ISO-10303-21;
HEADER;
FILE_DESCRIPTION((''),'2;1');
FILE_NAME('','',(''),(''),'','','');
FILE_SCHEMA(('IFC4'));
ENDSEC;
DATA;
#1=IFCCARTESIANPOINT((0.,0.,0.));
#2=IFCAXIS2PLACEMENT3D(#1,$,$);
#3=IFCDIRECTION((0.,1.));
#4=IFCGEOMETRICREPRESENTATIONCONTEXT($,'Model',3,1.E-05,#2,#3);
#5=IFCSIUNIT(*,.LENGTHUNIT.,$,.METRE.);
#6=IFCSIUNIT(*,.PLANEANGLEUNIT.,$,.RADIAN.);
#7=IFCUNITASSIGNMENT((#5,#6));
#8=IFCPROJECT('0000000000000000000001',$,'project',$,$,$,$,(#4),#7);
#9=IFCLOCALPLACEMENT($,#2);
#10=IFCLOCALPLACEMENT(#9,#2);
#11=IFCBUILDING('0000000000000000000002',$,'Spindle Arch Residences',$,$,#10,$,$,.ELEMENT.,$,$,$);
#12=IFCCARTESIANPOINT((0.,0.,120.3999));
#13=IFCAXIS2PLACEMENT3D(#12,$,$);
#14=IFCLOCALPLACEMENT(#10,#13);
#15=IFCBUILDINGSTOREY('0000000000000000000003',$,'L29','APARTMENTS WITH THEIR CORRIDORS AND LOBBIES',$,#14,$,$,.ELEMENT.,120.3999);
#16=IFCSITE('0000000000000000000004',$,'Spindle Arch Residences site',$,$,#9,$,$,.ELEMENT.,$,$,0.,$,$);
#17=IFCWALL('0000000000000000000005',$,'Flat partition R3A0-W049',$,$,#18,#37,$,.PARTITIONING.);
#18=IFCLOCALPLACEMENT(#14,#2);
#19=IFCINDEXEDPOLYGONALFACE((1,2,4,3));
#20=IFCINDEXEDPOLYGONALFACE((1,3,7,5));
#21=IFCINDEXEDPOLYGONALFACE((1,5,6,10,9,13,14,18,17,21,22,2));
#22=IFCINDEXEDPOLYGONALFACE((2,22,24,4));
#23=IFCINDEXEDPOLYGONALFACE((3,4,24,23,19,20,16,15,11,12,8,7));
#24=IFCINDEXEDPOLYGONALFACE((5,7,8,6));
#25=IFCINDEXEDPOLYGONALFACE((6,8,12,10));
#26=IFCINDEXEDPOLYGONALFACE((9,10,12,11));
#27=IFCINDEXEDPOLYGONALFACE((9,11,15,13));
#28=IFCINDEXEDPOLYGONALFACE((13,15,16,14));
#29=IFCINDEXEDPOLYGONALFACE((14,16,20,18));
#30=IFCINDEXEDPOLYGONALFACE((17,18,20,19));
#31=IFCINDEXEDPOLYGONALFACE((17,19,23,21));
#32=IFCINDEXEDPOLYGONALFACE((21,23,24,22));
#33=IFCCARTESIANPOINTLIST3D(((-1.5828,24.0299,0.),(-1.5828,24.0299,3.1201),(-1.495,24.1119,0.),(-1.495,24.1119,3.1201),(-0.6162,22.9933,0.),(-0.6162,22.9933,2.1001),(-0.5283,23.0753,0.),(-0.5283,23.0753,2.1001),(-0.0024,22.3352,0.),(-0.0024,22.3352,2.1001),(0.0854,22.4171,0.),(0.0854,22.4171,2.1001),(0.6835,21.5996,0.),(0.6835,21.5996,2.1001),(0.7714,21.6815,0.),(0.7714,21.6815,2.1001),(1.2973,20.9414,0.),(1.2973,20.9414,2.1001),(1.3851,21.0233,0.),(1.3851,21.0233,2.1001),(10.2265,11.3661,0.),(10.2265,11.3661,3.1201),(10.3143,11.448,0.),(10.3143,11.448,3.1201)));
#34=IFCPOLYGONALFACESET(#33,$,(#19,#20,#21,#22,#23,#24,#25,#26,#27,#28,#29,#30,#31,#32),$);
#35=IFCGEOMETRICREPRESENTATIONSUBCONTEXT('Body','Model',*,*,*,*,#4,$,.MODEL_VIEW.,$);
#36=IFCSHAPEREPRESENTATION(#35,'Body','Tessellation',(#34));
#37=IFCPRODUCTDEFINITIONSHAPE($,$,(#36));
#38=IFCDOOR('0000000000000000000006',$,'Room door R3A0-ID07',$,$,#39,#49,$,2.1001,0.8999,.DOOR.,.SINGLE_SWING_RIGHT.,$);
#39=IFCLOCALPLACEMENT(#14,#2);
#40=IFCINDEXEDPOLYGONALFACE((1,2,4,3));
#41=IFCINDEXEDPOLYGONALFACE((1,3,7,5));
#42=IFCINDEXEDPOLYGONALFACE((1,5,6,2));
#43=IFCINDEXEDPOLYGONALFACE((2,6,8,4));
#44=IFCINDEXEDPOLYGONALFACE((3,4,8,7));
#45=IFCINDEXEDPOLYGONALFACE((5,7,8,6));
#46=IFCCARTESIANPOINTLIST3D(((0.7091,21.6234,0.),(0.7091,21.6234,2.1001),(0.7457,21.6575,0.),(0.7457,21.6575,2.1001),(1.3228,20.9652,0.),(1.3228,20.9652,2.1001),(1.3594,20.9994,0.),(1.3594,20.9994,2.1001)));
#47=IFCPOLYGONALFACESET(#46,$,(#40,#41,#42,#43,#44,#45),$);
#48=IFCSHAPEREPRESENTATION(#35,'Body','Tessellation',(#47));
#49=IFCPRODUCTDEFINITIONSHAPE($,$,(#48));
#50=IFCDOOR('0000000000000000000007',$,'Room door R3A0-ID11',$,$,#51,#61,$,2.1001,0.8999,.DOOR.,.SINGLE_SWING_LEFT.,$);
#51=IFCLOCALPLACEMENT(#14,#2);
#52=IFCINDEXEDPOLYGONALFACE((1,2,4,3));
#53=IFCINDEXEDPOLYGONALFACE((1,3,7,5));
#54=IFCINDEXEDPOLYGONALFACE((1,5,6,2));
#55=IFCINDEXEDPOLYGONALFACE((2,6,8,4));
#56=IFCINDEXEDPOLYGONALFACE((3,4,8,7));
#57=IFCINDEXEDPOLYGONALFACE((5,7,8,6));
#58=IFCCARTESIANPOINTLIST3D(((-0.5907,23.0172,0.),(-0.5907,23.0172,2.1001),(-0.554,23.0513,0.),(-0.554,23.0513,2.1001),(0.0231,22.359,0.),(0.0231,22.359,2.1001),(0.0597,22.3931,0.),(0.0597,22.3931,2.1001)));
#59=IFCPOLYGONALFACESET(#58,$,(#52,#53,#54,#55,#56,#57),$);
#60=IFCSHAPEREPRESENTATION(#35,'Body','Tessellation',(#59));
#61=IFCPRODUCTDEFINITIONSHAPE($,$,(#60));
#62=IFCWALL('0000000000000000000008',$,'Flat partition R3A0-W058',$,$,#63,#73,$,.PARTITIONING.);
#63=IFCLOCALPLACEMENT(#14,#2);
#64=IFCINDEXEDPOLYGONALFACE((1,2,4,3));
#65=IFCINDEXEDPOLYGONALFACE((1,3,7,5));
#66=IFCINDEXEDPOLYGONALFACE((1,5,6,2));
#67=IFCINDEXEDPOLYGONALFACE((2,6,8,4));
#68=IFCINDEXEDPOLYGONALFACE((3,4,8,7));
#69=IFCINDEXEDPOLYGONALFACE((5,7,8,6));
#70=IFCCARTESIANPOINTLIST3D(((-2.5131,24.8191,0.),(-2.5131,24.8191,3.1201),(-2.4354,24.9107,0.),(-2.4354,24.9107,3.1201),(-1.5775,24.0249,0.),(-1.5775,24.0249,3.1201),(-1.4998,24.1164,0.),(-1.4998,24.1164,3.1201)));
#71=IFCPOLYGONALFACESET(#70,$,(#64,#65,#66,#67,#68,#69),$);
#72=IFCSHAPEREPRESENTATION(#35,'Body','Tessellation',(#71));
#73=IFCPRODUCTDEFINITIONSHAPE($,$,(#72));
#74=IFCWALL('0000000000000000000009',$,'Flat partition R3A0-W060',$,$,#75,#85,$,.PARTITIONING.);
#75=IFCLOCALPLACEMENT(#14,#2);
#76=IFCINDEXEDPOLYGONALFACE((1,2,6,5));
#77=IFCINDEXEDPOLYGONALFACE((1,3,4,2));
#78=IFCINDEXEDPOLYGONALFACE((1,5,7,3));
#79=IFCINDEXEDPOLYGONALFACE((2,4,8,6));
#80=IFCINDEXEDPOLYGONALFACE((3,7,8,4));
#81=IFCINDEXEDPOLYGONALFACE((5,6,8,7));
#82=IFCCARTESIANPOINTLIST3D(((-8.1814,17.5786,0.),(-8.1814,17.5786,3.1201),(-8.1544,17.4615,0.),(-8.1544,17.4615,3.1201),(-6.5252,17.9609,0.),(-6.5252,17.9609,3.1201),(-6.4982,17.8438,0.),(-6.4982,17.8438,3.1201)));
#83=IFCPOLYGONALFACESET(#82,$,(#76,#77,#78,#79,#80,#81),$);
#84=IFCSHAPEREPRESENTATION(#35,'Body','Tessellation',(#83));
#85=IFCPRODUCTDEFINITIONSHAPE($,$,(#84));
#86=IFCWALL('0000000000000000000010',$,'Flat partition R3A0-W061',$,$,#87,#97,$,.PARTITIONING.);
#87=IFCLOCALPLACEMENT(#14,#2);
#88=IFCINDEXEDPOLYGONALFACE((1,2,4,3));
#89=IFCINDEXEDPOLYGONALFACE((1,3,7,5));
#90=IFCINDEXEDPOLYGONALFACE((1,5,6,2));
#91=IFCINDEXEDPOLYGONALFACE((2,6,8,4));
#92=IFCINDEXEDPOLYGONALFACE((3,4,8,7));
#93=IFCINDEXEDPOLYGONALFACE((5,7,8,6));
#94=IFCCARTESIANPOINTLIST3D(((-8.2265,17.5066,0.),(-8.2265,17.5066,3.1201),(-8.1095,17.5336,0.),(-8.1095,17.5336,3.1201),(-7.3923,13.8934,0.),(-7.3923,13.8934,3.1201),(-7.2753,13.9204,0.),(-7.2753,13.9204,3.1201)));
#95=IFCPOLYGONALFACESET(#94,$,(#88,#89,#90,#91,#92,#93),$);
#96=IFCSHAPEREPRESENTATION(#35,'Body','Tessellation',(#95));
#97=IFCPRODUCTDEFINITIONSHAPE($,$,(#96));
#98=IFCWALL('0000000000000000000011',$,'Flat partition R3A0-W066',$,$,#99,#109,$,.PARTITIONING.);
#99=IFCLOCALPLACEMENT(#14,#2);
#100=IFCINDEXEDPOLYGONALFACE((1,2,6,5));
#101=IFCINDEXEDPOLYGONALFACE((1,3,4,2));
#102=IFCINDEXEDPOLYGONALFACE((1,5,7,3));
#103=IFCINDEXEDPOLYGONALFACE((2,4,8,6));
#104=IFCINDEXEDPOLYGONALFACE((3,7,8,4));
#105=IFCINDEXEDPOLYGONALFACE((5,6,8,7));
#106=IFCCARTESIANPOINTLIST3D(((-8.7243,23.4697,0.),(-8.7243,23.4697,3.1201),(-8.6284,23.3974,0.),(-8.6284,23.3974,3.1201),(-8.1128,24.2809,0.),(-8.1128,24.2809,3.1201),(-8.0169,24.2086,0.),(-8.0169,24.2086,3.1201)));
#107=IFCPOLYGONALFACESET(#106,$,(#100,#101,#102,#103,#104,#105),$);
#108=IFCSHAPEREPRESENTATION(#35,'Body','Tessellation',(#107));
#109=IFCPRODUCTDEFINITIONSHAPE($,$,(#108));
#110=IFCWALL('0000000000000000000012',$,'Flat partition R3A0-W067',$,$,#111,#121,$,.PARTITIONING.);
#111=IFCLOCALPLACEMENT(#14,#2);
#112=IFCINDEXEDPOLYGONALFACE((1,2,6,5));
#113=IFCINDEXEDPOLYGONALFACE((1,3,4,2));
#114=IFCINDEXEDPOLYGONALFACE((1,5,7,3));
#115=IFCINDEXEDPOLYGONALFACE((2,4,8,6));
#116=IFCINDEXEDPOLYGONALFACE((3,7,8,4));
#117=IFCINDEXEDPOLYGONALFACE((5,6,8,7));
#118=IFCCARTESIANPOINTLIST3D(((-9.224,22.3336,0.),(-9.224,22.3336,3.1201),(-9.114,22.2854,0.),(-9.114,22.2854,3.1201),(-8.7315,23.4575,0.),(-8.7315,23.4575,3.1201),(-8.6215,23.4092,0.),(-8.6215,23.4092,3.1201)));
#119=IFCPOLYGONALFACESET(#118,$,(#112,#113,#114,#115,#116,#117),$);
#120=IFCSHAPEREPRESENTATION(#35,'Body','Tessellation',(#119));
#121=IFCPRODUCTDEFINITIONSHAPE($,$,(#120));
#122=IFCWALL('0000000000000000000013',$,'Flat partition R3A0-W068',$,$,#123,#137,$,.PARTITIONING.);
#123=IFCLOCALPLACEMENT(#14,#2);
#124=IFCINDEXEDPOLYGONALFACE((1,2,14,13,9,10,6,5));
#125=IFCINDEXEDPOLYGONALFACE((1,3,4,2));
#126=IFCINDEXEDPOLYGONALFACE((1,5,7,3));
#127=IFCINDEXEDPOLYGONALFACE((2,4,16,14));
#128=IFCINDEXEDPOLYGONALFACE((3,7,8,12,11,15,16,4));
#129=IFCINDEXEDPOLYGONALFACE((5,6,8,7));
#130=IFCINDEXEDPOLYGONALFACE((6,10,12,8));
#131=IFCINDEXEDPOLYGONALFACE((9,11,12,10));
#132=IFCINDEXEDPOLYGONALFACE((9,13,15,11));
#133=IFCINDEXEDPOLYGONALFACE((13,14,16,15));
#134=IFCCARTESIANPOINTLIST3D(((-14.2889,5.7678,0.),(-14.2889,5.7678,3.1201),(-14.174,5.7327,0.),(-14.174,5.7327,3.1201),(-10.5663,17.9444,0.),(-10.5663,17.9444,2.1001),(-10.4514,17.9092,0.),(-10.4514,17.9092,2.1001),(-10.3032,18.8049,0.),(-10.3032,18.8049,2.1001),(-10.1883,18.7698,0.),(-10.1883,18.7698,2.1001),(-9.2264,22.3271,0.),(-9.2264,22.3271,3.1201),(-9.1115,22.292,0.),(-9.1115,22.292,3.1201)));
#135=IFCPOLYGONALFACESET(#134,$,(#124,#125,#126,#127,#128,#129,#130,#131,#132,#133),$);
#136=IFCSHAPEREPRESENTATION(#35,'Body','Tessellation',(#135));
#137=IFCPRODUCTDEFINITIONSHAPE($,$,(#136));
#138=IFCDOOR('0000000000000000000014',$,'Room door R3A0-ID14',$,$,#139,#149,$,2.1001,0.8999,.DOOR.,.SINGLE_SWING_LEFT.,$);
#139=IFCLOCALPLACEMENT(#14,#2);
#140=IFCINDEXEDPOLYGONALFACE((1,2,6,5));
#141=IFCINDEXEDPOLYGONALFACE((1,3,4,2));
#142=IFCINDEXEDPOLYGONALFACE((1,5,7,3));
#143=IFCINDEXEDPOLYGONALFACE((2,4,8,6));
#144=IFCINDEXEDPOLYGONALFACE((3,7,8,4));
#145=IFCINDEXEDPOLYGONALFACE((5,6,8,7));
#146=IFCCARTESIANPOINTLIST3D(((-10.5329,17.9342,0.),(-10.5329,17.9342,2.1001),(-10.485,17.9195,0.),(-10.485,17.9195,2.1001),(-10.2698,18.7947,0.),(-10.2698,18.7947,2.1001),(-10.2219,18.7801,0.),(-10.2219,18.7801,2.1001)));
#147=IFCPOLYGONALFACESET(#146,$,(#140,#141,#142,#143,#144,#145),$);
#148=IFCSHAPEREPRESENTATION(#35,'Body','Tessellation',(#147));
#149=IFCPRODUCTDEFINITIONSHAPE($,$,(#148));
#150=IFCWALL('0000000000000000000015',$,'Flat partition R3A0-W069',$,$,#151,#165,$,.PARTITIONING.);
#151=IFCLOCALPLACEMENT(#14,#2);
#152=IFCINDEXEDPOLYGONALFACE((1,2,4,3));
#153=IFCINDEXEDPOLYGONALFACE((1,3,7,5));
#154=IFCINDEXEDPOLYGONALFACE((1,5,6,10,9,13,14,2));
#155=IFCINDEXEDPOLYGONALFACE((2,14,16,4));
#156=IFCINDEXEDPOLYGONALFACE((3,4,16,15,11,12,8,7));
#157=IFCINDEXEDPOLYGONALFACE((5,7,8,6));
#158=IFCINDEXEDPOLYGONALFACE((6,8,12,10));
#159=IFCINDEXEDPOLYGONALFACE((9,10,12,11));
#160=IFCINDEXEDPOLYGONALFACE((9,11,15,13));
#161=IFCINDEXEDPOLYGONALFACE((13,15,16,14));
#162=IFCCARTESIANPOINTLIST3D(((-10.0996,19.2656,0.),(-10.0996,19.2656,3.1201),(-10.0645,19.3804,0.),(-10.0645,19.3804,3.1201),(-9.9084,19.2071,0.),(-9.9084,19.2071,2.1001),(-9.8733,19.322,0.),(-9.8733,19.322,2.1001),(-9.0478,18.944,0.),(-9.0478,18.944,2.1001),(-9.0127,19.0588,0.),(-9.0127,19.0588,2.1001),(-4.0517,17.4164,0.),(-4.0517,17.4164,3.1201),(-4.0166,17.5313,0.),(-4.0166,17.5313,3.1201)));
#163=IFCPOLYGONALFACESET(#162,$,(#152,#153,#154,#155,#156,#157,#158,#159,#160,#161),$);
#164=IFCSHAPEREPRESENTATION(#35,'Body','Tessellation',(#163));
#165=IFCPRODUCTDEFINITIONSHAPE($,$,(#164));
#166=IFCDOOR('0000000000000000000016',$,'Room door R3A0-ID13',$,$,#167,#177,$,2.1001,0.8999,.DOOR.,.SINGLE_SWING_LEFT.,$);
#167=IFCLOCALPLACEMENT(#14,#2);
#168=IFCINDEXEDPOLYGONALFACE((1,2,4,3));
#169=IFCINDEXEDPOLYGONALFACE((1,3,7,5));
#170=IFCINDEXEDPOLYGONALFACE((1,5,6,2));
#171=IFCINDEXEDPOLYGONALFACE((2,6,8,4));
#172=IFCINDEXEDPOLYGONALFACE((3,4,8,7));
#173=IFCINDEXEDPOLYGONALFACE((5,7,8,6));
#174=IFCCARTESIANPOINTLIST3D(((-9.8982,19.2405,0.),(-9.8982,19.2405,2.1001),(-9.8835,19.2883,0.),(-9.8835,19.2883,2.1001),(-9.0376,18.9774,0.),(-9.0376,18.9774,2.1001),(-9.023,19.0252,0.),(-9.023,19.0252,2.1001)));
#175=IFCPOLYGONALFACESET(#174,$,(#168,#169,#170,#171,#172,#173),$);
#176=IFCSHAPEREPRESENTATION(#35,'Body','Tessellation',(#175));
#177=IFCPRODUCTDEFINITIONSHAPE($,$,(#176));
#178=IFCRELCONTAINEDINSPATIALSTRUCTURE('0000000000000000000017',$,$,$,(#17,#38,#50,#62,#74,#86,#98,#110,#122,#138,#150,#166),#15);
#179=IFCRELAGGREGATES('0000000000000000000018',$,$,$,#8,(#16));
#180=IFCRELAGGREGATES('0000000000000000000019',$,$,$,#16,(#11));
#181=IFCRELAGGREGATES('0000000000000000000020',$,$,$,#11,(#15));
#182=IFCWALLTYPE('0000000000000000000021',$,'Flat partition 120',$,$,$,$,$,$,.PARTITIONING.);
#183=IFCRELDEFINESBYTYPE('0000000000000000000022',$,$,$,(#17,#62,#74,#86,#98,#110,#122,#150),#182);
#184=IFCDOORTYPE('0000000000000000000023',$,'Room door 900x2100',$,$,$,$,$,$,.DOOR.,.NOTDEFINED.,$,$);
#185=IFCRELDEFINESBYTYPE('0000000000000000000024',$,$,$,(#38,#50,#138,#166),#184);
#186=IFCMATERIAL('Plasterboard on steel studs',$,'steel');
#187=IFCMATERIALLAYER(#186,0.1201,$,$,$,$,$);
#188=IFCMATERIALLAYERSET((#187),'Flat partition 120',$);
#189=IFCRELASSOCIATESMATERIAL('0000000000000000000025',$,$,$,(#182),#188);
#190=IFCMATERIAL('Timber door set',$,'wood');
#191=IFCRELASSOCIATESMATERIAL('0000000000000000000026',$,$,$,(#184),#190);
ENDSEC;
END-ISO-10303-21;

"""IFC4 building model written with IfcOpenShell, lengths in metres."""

from ifc_helpers import new_model, si_unit, direction, frame, frame_2d, origin, place, context, subcontext, project, spatial, rectangle, extrude, material, layer, layer_set, type_object, element, fill, save


model = new_model("IFC4")

# Units and contexts
model_context = context("Model", 3, precision=1e-05, world=origin(), true_north=direction((0.0, 1.0)))
body_context = subcontext(model_context, "Body", "Model", "MODEL_VIEW")
ifc_project = project(units=[si_unit("LENGTHUNIT", "METRE"), si_unit("PLANEANGLEUNIT", "RADIAN")], contexts=[model_context])

# Site, building, storey
site_placement = place(None, origin())
site = spatial("IfcSite", under=ifc_project, at=site_placement, Name="Spindle Arch Residences site", CompositionType="ELEMENT", RefElevation=0.0)
building_placement = place(site_placement, origin())
building = spatial("IfcBuilding", under=site, at=building_placement, Name="Spindle Arch Residences", CompositionType="ELEMENT")
storey_placement = place(building_placement, frame((0.0, 0.0, 120.3999)))
storey = spatial("IfcBuildingStorey", under=building, at=storey_placement, Name="L29", Description="APARTMENTS WITH THEIR CORRIDORS AND LOBBIES", CompositionType="ELEMENT", Elevation=120.3999)

# Shared definitions
ifc_material_1 = material(Name="Plasterboard on steel studs", Category="steel")
ifc_layer_1 = layer(ifc_material_1, 0.1201)
ifc_layer_set_1 = layer_set([ifc_layer_1], Name="Flat partition 120")
wall_type_1 = type_object("IfcWallType", Name="Flat partition 120", PredefinedType="PARTITIONING", material=ifc_layer_set_1)

# Wall, openings, doors
wall_1_placement = place(storey_placement, frame((-1.5388, 24.0708, 0.0), z_axis=(0.0, 0.0, 1.0), x_axis=(0.682002, -0.73135, 0.0)))
wall_1 = element("IfcWall", 1, at=wall_1_placement, inside=storey, type_object=wall_type_1, Name="Flat partition R3A0-W049", PredefinedType="PARTITIONING", context=body_context, shape_type="SweptSolid", body=[
    extrude(rectangle(XDim=17.3157, YDim=0.1201, at=frame_2d((8.6577, 0.0))), origin(), (0.0, 0.0, 1.0), 3.1201),
])
opening_1_placement = place(wall_1_placement, frame((3.323, 0.0, 0.0)))
opening_1 = element("IfcOpeningElement", 2, at=opening_1_placement, cuts=wall_1, PredefinedType="OPENING", context=body_context, shape_type="SweptSolid", body=[
    extrude(rectangle(XDim=0.8999, YDim=2.1001, at=frame_2d((0.45, 1.05))), frame((0.0, 0.0701, 0.0), z_axis=(0.0, -1.0, 0.0), x_axis=(1.0, 0.0, 0.0)), (0.0, 0.0, 1.0), 0.1401),
])
opening_2_placement = place(wall_1_placement, frame((1.4172, 0.0, 0.0)))
opening_2 = element("IfcOpeningElement", 3, at=opening_2_placement, cuts=wall_1, PredefinedType="OPENING", context=body_context, shape_type="SweptSolid", body=[
    extrude(rectangle(XDim=0.8999, YDim=2.1001, at=frame_2d((0.45, 1.05))), frame((0.0, 0.0701, 0.0), z_axis=(0.0, -1.0, 0.0), x_axis=(1.0, 0.0, 0.0)), (0.0, 0.0, 1.0), 0.1401),
])
ifc_material_2 = material(Name="Timber door set", Category="wood")
door_type_1 = type_object("IfcDoorType", Name="Room door 900x2100", OperationType="NOTDEFINED", PredefinedType="DOOR", material=ifc_material_2)
door_1_placement = place(opening_1_placement, origin())
door_1 = element("IfcDoor", 4, at=door_1_placement, inside=storey, type_object=door_type_1, Name="Room door R3A0-ID07", OperationType="SINGLE_SWING_RIGHT", OverallHeight=2.1001, OverallWidth=0.8999, PredefinedType="DOOR", context=body_context, shape_type="SweptSolid", body=[
    extrude(rectangle(XDim=0.8999, YDim=2.1001, at=frame_2d((0.45, 1.05))), frame((0.0, 0.0249, 0.0), z_axis=(0.0, -1.0, 0.0), x_axis=(1.0, 0.0, 0.0)), (0.0, 0.0, 1.0), 0.05),
])
fill(opening_1, door_1)
door_2_placement = place(opening_2_placement, origin())
door_2 = element("IfcDoor", 5, at=door_2_placement, inside=storey, type_object=door_type_1, Name="Room door R3A0-ID11", OperationType="SINGLE_SWING_LEFT", OverallHeight=2.1001, OverallWidth=0.8999, PredefinedType="DOOR", context=body_context, shape_type="SweptSolid", body=[
    extrude(rectangle(XDim=0.8999, YDim=2.1001, at=frame_2d((0.45, 1.05))), frame((0.0, 0.0249, 0.0), z_axis=(0.0, -1.0, 0.0), x_axis=(1.0, 0.0, 0.0)), (0.0, 0.0, 1.0), 0.05),
])
fill(opening_2, door_2)

# Walls
wall_2_placement = place(storey_placement, frame((-2.4744, 24.865, 0.0), z_axis=(0.0, 0.0, 1.0), x_axis=(0.762351, -0.647163, 0.0)))
element("IfcWall", 6, at=wall_2_placement, inside=storey, type_object=wall_type_1, Name="Flat partition R3A0-W058", PredefinedType="PARTITIONING", context=body_context, shape_type="SweptSolid", body=[
    extrude(rectangle(XDim=1.2273, YDim=0.1201, at=frame_2d((0.6138, 0.0))), origin(), (0.0, 0.0, 1.0), 3.1201),
])
wall_3_placement = place(storey_placement, frame((-6.5117, 17.9023, 0.0), z_axis=(0.0, 0.0, 1.0), x_axis=(-0.974377, -0.224922, 0.0)))
element("IfcWall", 7, at=wall_3_placement, inside=storey, type_object=wall_type_1, Name="Flat partition R3A0-W060", PredefinedType="PARTITIONING", context=body_context, shape_type="SweptSolid", body=[
    extrude(rectangle(XDim=1.6997, YDim=0.1201, at=frame_2d((0.8499, 0.0))), origin(), (0.0, 0.0, 1.0), 3.1201),
])
wall_4_placement = place(storey_placement, frame((-8.168, 17.52, 0.0), z_axis=(0.0, 0.0, 1.0), x_axis=(0.22496, -0.974368, 0.0)))
element("IfcWall", 8, at=wall_4_placement, inside=storey, type_object=wall_type_1, Name="Flat partition R3A0-W061", PredefinedType="PARTITIONING", context=body_context, shape_type="SweptSolid", body=[
    extrude(rectangle(XDim=3.7083, YDim=0.1201, at=frame_2d((1.854, 0.0))), origin(), (0.0, 0.0, 1.0), 3.1201),
])
wall_5_placement = place(storey_placement, frame((-8.0649, 24.2446, 0.0), z_axis=(0.0, 0.0, 1.0), x_axis=(-0.601959, -0.798527, 0.0)))
element("IfcWall", 9, at=wall_5_placement, inside=storey, type_object=wall_type_1, Name="Flat partition R3A0-W066", PredefinedType="PARTITIONING", context=body_context, shape_type="SweptSolid", body=[
    extrude(rectangle(XDim=1.0159, YDim=0.1201, at=frame_2d((0.5078, 0.0))), origin(), (0.0, 0.0, 1.0), 3.1201),
])
wall_6_placement = place(storey_placement, frame((-8.6765, 23.4333, 0.0), z_axis=(0.0, 0.0, 1.0), x_axis=(-0.401351, -0.915924, 0.0)))
element("IfcWall", 10, at=wall_6_placement, inside=storey, type_object=wall_type_1, Name="Flat partition R3A0-W067", PredefinedType="PARTITIONING", context=body_context, shape_type="SweptSolid", body=[
    extrude(rectangle(XDim=1.2271, YDim=0.1201, at=frame_2d((0.6135, 0.0))), origin(), (0.0, 0.0, 1.0), 3.1201),
])

# Walls, openings, doors
wall_7_placement = place(storey_placement, frame((-9.1689, 22.3096, 0.0), z_axis=(0.0, 0.0, 1.0), x_axis=(-0.292361, -0.956308, 0.0)))
wall_7 = element("IfcWall", 11, at=wall_7_placement, inside=storey, type_object=wall_type_1, Name="Flat partition R3A0-W068", PredefinedType="PARTITIONING", context=body_context, shape_type="SweptSolid", body=[
    extrude(rectangle(XDim=17.3159, YDim=0.1201, at=frame_2d((8.658, 0.0))), origin(), (0.0, 0.0, 1.0), 3.1201),
])
opening_3_placement = place(wall_7_placement, frame((3.6831, 0.0, 0.0)))
opening_3 = element("IfcOpeningElement", 12, at=opening_3_placement, cuts=wall_7, PredefinedType="OPENING", context=body_context, shape_type="SweptSolid", body=[
    extrude(rectangle(XDim=0.8999, YDim=2.1001, at=frame_2d((0.45, 1.05))), frame((0.0, 0.0701, 0.0), z_axis=(0.0, -1.0, 0.0), x_axis=(1.0, 0.0, 0.0)), (0.0, 0.0, 1.0), 0.1401),
])
door_3_placement = place(opening_3_placement, origin())
door_3 = element("IfcDoor", 13, at=door_3_placement, inside=storey, type_object=door_type_1, Name="Room door R3A0-ID14", OperationType="SINGLE_SWING_LEFT", OverallHeight=2.1001, OverallWidth=0.8999, PredefinedType="DOOR", context=body_context, shape_type="SweptSolid", body=[
    extrude(rectangle(XDim=0.8999, YDim=2.1001, at=frame_2d((0.45, 1.05))), frame((0.0, 0.0249, 0.0), z_axis=(0.0, -1.0, 0.0), x_axis=(1.0, 0.0, 0.0)), (0.0, 0.0, 1.0), 0.05),
])
fill(opening_3, door_3)
wall_8_placement = place(storey_placement, frame((-10.082, 19.323, 0.0), z_axis=(0.0, 0.0, 1.0), x_axis=(0.9563, -0.292387, 0.0)))
wall_8 = element("IfcWall", 14, at=wall_8_placement, inside=storey, type_object=wall_type_1, Name="Flat partition R3A0-W069", PredefinedType="PARTITIONING", context=body_context, shape_type="SweptSolid", body=[
    extrude(rectangle(XDim=6.3242, YDim=0.1201, at=frame_2d((3.1621, 0.0))), origin(), (0.0, 0.0, 1.0), 3.1201),
])
opening_4_placement = place(wall_8_placement, frame((0.2, 0.0, 0.0)))
opening_4 = element("IfcOpeningElement", 15, at=opening_4_placement, cuts=wall_8, PredefinedType="OPENING", context=body_context, shape_type="SweptSolid", body=[
    extrude(rectangle(XDim=0.8999, YDim=2.1001, at=frame_2d((0.45, 1.05))), frame((0.0, 0.0701, 0.0), z_axis=(0.0, -1.0, 0.0), x_axis=(1.0, 0.0, 0.0)), (0.0, 0.0, 1.0), 0.1401),
])
door_4_placement = place(opening_4_placement, origin())
door_4 = element("IfcDoor", 16, at=door_4_placement, inside=storey, type_object=door_type_1, Name="Room door R3A0-ID13", OperationType="SINGLE_SWING_LEFT", OverallHeight=2.1001, OverallWidth=0.8999, PredefinedType="DOOR", context=body_context, shape_type="SweptSolid", body=[
    extrude(rectangle(XDim=0.8999, YDim=2.1001, at=frame_2d((0.45, 1.05))), frame((0.0, 0.0249, 0.0), z_axis=(0.0, -1.0, 0.0), x_axis=(1.0, 0.0, 0.0)), (0.0, 0.0, 1.0), 0.05),
])
fill(opening_4, door_4)

save(model, "model.ifc")
